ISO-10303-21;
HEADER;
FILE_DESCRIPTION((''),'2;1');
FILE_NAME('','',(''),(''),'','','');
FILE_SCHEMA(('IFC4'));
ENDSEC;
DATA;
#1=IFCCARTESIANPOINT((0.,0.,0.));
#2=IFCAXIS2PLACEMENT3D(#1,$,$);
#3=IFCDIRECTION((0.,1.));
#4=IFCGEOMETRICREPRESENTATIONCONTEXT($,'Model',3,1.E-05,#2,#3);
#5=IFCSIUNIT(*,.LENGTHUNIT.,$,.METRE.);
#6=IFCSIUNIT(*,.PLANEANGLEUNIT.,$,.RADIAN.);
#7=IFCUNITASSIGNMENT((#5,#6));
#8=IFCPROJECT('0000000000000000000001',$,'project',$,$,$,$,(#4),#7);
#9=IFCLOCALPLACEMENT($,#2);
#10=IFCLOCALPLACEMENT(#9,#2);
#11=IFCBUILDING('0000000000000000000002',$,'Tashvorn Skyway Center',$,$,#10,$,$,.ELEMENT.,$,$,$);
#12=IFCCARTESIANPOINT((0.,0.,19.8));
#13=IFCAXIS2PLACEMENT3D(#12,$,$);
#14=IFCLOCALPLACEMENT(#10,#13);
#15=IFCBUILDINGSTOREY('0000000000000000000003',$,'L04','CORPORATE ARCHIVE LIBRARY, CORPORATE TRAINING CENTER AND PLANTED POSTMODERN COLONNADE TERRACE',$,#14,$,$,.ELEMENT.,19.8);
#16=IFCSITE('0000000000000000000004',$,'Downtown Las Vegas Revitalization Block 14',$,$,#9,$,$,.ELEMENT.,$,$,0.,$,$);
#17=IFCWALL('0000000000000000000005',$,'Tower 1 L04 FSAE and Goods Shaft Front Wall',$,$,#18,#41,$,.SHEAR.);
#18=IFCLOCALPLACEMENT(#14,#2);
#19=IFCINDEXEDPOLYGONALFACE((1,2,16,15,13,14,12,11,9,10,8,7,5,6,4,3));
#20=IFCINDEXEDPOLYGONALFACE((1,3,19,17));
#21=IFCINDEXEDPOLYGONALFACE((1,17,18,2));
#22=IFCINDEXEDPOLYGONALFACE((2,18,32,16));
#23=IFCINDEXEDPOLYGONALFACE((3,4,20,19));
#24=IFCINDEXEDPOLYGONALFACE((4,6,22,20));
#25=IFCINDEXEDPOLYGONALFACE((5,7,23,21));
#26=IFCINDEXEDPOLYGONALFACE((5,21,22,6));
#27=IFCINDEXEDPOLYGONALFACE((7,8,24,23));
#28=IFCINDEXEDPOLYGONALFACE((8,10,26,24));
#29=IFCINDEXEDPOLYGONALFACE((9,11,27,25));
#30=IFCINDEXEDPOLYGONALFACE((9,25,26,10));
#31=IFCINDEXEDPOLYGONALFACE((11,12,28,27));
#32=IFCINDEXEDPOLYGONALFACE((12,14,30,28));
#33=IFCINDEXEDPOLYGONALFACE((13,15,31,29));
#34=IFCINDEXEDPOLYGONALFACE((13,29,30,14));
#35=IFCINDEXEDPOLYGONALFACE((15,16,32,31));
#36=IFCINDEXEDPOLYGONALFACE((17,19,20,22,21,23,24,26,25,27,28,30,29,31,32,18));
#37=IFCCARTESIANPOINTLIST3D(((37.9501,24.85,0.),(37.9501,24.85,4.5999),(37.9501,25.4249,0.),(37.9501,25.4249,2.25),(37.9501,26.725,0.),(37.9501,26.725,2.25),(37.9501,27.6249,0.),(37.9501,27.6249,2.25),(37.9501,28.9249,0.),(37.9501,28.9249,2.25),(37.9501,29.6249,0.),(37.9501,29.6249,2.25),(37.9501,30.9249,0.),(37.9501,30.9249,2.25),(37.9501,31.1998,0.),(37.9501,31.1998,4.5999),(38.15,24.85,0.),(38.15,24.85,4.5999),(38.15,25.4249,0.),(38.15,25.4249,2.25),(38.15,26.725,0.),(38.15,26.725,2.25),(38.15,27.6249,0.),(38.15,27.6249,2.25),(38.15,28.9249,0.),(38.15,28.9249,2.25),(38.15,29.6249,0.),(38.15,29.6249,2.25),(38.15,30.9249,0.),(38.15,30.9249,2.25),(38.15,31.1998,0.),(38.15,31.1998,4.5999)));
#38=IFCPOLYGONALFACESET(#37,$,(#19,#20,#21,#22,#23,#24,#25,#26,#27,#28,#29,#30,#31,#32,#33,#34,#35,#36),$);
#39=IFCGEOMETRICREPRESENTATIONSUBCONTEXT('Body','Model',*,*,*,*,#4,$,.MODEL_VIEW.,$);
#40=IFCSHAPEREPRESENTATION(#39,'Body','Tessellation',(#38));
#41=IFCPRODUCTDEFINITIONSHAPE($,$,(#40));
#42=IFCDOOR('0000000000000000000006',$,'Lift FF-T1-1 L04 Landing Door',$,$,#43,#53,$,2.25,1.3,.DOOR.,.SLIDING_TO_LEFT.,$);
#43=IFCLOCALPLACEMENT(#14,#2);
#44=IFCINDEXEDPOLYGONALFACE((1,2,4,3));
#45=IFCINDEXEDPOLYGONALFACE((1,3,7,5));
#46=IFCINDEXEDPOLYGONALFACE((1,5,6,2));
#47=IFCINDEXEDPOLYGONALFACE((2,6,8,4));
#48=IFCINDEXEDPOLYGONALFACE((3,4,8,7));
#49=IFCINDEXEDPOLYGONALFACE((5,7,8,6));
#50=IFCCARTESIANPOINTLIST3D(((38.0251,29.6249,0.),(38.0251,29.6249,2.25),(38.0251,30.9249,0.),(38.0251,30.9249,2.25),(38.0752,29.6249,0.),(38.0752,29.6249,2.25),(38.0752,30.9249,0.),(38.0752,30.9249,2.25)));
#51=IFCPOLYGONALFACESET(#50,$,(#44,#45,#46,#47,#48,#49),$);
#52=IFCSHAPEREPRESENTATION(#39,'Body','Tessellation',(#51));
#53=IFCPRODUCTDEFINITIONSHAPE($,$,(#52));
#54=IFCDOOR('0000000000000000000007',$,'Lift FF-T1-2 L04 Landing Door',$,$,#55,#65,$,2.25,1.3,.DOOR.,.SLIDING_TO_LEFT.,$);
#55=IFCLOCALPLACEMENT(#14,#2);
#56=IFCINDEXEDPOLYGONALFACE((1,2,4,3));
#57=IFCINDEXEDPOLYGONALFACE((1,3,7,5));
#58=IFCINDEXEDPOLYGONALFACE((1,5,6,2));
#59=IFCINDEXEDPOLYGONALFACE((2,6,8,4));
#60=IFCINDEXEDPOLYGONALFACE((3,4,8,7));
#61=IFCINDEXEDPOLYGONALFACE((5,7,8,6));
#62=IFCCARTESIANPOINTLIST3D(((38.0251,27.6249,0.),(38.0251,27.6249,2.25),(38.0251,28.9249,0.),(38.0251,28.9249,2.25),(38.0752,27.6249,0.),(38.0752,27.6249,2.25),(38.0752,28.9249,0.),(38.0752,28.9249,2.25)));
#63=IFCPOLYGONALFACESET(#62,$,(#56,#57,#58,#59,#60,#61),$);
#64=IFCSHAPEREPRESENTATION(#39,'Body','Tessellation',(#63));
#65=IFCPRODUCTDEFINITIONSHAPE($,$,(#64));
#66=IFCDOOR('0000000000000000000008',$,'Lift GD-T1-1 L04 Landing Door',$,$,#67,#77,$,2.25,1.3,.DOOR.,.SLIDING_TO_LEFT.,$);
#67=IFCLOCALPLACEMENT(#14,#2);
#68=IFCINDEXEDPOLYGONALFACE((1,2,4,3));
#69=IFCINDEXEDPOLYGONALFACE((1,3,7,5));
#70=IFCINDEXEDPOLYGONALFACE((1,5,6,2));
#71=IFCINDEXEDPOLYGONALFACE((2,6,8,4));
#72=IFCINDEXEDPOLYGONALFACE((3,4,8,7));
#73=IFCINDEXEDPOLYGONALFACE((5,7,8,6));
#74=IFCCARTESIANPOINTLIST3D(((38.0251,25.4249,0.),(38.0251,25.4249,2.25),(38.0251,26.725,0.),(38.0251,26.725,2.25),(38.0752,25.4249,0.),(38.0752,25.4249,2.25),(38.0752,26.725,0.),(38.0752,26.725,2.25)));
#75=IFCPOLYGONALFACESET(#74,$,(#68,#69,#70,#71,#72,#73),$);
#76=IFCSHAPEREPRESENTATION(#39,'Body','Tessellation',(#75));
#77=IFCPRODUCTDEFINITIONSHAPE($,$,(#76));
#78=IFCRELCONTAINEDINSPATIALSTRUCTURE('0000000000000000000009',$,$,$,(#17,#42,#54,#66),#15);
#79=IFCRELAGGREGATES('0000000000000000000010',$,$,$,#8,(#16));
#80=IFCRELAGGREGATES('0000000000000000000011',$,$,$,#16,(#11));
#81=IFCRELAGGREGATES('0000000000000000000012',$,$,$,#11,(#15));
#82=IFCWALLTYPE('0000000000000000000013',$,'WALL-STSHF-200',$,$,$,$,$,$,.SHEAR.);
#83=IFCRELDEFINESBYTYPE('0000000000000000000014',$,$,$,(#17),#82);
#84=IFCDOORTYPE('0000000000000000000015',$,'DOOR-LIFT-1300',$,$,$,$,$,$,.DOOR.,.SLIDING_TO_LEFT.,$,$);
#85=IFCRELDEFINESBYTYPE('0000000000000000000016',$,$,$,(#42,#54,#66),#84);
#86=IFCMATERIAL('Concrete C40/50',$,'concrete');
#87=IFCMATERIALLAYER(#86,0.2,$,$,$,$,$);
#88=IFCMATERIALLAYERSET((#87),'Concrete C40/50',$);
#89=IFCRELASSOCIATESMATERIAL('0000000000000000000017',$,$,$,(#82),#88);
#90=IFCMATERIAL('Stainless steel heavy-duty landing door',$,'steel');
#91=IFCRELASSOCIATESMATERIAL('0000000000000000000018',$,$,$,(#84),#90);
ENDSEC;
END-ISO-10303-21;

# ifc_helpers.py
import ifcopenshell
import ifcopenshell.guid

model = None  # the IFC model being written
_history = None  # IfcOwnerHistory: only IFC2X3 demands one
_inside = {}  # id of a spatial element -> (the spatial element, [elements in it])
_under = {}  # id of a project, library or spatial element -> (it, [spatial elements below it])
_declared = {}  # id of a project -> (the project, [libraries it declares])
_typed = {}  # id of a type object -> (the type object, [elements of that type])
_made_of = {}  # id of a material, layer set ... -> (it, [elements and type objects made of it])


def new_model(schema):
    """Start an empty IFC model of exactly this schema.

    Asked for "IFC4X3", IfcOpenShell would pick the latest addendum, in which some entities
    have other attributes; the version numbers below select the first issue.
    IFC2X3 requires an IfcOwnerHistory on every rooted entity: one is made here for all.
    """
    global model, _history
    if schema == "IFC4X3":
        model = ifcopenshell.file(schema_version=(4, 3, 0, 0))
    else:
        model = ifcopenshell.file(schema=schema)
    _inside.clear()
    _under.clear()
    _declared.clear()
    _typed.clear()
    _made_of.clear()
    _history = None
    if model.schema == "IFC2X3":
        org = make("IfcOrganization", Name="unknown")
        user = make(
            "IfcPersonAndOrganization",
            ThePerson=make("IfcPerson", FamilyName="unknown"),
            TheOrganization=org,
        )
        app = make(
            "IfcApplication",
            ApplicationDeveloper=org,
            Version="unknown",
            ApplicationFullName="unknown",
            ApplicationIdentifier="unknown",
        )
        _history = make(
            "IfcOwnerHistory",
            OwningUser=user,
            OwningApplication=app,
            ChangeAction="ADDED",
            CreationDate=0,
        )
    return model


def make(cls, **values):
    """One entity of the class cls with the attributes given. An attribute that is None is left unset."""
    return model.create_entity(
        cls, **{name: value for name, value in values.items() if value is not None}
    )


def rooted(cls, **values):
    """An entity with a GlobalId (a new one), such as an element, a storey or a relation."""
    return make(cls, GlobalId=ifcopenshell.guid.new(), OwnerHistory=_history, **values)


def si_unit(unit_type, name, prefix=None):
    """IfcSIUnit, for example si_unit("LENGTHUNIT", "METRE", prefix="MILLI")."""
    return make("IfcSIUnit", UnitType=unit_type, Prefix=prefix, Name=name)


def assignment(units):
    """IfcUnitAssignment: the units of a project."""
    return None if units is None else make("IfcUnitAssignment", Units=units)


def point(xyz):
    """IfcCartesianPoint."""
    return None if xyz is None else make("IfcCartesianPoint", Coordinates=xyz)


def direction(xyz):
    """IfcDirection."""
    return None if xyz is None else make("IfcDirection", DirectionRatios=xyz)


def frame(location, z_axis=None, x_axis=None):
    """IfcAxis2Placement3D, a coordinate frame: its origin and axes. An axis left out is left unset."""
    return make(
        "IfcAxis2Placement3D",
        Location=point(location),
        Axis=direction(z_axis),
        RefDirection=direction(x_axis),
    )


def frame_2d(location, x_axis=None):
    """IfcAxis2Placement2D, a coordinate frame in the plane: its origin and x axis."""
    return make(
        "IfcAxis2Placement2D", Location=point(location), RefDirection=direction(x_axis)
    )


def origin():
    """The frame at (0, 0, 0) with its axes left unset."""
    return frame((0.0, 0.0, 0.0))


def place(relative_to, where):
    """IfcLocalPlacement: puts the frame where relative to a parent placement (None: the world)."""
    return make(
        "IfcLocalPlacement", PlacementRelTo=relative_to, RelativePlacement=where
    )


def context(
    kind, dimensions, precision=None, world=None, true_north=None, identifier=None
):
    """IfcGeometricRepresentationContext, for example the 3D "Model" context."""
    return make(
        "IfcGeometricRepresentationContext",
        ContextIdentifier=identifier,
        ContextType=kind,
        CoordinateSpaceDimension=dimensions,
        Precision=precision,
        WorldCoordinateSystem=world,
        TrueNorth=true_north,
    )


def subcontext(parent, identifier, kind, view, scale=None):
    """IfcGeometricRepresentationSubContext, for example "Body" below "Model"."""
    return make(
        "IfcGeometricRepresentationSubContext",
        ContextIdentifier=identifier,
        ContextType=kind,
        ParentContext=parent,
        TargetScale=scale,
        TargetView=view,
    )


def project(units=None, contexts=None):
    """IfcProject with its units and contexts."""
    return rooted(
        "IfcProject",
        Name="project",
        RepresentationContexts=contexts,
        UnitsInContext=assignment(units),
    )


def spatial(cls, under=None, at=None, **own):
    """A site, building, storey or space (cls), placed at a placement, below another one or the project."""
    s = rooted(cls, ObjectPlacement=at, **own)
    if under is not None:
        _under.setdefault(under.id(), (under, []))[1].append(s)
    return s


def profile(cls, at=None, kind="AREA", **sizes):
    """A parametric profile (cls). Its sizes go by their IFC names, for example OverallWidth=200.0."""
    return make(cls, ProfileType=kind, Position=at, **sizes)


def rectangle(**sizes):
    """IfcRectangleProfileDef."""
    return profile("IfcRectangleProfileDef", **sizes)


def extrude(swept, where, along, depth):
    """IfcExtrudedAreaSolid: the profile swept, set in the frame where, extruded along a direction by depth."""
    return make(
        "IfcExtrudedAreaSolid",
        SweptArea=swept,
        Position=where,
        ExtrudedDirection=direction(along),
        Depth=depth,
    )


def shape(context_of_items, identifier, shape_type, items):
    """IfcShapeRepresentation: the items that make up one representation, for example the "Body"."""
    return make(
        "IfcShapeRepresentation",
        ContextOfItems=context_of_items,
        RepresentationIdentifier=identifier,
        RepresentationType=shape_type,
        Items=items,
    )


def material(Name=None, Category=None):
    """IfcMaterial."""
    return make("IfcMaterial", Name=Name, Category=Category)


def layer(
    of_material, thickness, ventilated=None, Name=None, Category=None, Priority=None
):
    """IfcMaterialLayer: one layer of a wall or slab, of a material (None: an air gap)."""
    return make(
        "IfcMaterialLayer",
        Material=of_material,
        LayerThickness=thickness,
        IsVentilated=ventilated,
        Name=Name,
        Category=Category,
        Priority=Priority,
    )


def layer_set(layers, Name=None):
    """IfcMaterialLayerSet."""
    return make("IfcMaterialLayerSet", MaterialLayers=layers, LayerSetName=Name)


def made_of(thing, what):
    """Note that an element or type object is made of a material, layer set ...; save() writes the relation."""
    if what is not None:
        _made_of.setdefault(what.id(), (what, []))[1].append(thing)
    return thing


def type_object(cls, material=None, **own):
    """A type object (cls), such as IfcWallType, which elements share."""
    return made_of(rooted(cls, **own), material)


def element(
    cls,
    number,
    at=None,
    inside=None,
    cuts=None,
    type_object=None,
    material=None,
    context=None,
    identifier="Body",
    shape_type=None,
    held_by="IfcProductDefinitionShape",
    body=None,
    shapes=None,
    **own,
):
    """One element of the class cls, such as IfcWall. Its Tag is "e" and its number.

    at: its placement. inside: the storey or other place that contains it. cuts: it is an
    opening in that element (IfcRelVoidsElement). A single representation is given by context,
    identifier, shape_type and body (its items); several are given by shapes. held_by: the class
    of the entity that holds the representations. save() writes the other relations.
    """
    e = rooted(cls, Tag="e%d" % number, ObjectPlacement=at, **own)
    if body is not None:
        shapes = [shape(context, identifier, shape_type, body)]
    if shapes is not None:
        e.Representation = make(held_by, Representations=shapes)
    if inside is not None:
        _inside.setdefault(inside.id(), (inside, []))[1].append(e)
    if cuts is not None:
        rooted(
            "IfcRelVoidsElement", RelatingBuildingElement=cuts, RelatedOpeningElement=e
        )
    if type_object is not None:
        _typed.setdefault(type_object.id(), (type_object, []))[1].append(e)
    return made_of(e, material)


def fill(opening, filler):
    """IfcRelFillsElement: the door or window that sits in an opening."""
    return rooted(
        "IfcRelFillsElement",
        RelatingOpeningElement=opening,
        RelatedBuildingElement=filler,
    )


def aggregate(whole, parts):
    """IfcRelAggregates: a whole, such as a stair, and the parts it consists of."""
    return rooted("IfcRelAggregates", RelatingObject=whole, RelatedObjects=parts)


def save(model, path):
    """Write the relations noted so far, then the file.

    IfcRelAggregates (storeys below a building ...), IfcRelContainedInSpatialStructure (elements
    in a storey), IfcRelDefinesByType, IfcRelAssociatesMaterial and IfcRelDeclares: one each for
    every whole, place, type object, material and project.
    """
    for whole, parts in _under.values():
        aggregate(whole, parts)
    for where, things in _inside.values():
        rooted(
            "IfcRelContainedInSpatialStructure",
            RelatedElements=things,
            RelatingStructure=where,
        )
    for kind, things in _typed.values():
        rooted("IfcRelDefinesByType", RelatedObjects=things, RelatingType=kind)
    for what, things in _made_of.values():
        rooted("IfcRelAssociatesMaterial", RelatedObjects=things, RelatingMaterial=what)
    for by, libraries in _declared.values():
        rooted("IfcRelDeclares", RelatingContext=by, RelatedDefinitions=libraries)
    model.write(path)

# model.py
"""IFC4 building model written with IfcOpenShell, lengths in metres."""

from ifc_helpers import new_model, si_unit, direction, frame, frame_2d, origin, place, context, subcontext, project, spatial, rectangle, extrude, material, layer, layer_set, type_object, element, fill, save


model = new_model("IFC4")

# Units and contexts
model_context = context("Model", 3, precision=1e-05, world=origin(), true_north=direction((0.0, 1.0)))
body_context = subcontext(model_context, "Body", "Model", "MODEL_VIEW")
ifc_project = project(units=[si_unit("LENGTHUNIT", "METRE"), si_unit("PLANEANGLEUNIT", "RADIAN")], contexts=[model_context])

# Site, building, storey
site_placement = place(None, origin())
site = spatial("IfcSite", under=ifc_project, at=site_placement, Name="Downtown Las Vegas Revitalization Block 14", CompositionType="ELEMENT", RefElevation=0.0)
building_placement = place(site_placement, origin())
building = spatial("IfcBuilding", under=site, at=building_placement, Name="Tashvorn Skyway Center", CompositionType="ELEMENT")
storey_placement = place(building_placement, frame((0.0, 0.0, 19.8)))
storey = spatial("IfcBuildingStorey", under=building, at=storey_placement, Name="L04", Description="CORPORATE ARCHIVE LIBRARY, CORPORATE TRAINING CENTER AND PLANTED POSTMODERN COLONNADE TERRACE", CompositionType="ELEMENT", Elevation=19.8)

# Shared definitions
ifc_material_1 = material(Name="Concrete C40/50", Category="concrete")

# Shared definitions
ifc_layer_1 = layer(ifc_material_1, 0.2)
ifc_layer_set_1 = layer_set([ifc_layer_1], Name="Concrete C40/50")
wall_type_1 = type_object("IfcWallType", Name="WALL-STSHF-200", PredefinedType="SHEAR", material=ifc_layer_set_1)

# Wall, openings, doors
wall_1_placement = place(storey_placement, frame((38.05, 24.8501, 0.0), z_axis=(0.0, 0.0, 1.0), x_axis=(0.0, 1.0, 0.0)))
wall_1 = element("IfcWall", 1, at=wall_1_placement, inside=storey, type_object=wall_type_1, Name="Tower 1 L04 FSAE and Goods Shaft Front Wall", PredefinedType="SHEAR", context=body_context, shape_type="SweptSolid", body=[
    extrude(rectangle(XDim=6.3499, YDim=0.2, at=frame_2d((3.1748, 0.0))), origin(), (0.0, 0.0, 1.0), 4.5999),
])
opening_1_placement = place(wall_1_placement, frame((4.7749, 0.0, 0.0)))
opening_1 = element("IfcOpeningElement", 2, at=opening_1_placement, cuts=wall_1, PredefinedType="OPENING", context=body_context, shape_type="SweptSolid", body=[
    extrude(rectangle(XDim=1.3, YDim=2.25, at=frame_2d((0.6499, 1.125))), frame((0.0, 0.1099, 0.0), z_axis=(0.0, -1.0, 0.0), x_axis=(1.0, 0.0, 0.0)), (0.0, 0.0, 1.0), 0.22),
])
opening_2_placement = place(wall_1_placement, frame((2.7749, 0.0, 0.0)))
opening_2 = element("IfcOpeningElement", 3, at=opening_2_placement, cuts=wall_1, PredefinedType="OPENING", context=body_context, shape_type="SweptSolid", body=[
    extrude(rectangle(XDim=1.3, YDim=2.25, at=frame_2d((0.6499, 1.125))), frame((0.0, 0.1099, 0.0), z_axis=(0.0, -1.0, 0.0), x_axis=(1.0, 0.0, 0.0)), (0.0, 0.0, 1.0), 0.22),
])
opening_3_placement = place(wall_1_placement, frame((0.575, 0.0, 0.0)))
opening_3 = element("IfcOpeningElement", 4, at=opening_3_placement, cuts=wall_1, PredefinedType="OPENING", context=body_context, shape_type="SweptSolid", body=[
    extrude(rectangle(XDim=1.3, YDim=2.25, at=frame_2d((0.6499, 1.125))), frame((0.0, 0.1099, 0.0), z_axis=(0.0, -1.0, 0.0), x_axis=(1.0, 0.0, 0.0)), (0.0, 0.0, 1.0), 0.22),
])
ifc_material_2 = material(Name="Stainless steel heavy-duty landing door", Category="steel")
door_type_1 = type_object("IfcDoorType", Name="DOOR-LIFT-1300", OperationType="SLIDING_TO_LEFT", PredefinedType="DOOR", material=ifc_material_2)
door_1_placement = place(opening_1_placement, origin())
door_1 = element("IfcDoor", 5, at=door_1_placement, inside=storey, type_object=door_type_1, Name="Lift FF-T1-1 L04 Landing Door", OperationType="SLIDING_TO_LEFT", OverallHeight=2.25, OverallWidth=1.3, PredefinedType="DOOR", context=body_context, shape_type="SweptSolid", body=[
    extrude(rectangle(XDim=1.3, YDim=2.25, at=frame_2d((0.6499, 1.125))), frame((0.0, 0.0249, 0.0), z_axis=(0.0, -1.0, 0.0), x_axis=(1.0, 0.0, 0.0)), (0.0, 0.0, 1.0), 0.05),
])
fill(opening_1, door_1)
door_2_placement = place(opening_2_placement, origin())
door_2 = element("IfcDoor", 6, at=door_2_placement, inside=storey, type_object=door_type_1, Name="Lift FF-T1-2 L04 Landing Door", OperationType="SLIDING_TO_LEFT", OverallHeight=2.25, OverallWidth=1.3, PredefinedType="DOOR", context=body_context, shape_type="SweptSolid", body=[
    extrude(rectangle(XDim=1.3, YDim=2.25, at=frame_2d((0.6499, 1.125))), frame((0.0, 0.0249, 0.0), z_axis=(0.0, -1.0, 0.0), x_axis=(1.0, 0.0, 0.0)), (0.0, 0.0, 1.0), 0.05),
])
fill(opening_2, door_2)
door_3_placement = place(opening_3_placement, origin())
door_3 = element("IfcDoor", 7, at=door_3_placement, inside=storey, type_object=door_type_1, Name="Lift GD-T1-1 L04 Landing Door", OperationType="SLIDING_TO_LEFT", OverallHeight=2.25, OverallWidth=1.3, PredefinedType="DOOR", context=body_context, shape_type="SweptSolid", body=[
    extrude(rectangle(XDim=1.3, YDim=2.25, at=frame_2d((0.6499, 1.125))), frame((0.0, 0.0249, 0.0), z_axis=(0.0, -1.0, 0.0), x_axis=(1.0, 0.0, 0.0)), (0.0, 0.0, 1.0), 0.05),
])
fill(opening_3, door_3)

save(model, "model.ifc")
